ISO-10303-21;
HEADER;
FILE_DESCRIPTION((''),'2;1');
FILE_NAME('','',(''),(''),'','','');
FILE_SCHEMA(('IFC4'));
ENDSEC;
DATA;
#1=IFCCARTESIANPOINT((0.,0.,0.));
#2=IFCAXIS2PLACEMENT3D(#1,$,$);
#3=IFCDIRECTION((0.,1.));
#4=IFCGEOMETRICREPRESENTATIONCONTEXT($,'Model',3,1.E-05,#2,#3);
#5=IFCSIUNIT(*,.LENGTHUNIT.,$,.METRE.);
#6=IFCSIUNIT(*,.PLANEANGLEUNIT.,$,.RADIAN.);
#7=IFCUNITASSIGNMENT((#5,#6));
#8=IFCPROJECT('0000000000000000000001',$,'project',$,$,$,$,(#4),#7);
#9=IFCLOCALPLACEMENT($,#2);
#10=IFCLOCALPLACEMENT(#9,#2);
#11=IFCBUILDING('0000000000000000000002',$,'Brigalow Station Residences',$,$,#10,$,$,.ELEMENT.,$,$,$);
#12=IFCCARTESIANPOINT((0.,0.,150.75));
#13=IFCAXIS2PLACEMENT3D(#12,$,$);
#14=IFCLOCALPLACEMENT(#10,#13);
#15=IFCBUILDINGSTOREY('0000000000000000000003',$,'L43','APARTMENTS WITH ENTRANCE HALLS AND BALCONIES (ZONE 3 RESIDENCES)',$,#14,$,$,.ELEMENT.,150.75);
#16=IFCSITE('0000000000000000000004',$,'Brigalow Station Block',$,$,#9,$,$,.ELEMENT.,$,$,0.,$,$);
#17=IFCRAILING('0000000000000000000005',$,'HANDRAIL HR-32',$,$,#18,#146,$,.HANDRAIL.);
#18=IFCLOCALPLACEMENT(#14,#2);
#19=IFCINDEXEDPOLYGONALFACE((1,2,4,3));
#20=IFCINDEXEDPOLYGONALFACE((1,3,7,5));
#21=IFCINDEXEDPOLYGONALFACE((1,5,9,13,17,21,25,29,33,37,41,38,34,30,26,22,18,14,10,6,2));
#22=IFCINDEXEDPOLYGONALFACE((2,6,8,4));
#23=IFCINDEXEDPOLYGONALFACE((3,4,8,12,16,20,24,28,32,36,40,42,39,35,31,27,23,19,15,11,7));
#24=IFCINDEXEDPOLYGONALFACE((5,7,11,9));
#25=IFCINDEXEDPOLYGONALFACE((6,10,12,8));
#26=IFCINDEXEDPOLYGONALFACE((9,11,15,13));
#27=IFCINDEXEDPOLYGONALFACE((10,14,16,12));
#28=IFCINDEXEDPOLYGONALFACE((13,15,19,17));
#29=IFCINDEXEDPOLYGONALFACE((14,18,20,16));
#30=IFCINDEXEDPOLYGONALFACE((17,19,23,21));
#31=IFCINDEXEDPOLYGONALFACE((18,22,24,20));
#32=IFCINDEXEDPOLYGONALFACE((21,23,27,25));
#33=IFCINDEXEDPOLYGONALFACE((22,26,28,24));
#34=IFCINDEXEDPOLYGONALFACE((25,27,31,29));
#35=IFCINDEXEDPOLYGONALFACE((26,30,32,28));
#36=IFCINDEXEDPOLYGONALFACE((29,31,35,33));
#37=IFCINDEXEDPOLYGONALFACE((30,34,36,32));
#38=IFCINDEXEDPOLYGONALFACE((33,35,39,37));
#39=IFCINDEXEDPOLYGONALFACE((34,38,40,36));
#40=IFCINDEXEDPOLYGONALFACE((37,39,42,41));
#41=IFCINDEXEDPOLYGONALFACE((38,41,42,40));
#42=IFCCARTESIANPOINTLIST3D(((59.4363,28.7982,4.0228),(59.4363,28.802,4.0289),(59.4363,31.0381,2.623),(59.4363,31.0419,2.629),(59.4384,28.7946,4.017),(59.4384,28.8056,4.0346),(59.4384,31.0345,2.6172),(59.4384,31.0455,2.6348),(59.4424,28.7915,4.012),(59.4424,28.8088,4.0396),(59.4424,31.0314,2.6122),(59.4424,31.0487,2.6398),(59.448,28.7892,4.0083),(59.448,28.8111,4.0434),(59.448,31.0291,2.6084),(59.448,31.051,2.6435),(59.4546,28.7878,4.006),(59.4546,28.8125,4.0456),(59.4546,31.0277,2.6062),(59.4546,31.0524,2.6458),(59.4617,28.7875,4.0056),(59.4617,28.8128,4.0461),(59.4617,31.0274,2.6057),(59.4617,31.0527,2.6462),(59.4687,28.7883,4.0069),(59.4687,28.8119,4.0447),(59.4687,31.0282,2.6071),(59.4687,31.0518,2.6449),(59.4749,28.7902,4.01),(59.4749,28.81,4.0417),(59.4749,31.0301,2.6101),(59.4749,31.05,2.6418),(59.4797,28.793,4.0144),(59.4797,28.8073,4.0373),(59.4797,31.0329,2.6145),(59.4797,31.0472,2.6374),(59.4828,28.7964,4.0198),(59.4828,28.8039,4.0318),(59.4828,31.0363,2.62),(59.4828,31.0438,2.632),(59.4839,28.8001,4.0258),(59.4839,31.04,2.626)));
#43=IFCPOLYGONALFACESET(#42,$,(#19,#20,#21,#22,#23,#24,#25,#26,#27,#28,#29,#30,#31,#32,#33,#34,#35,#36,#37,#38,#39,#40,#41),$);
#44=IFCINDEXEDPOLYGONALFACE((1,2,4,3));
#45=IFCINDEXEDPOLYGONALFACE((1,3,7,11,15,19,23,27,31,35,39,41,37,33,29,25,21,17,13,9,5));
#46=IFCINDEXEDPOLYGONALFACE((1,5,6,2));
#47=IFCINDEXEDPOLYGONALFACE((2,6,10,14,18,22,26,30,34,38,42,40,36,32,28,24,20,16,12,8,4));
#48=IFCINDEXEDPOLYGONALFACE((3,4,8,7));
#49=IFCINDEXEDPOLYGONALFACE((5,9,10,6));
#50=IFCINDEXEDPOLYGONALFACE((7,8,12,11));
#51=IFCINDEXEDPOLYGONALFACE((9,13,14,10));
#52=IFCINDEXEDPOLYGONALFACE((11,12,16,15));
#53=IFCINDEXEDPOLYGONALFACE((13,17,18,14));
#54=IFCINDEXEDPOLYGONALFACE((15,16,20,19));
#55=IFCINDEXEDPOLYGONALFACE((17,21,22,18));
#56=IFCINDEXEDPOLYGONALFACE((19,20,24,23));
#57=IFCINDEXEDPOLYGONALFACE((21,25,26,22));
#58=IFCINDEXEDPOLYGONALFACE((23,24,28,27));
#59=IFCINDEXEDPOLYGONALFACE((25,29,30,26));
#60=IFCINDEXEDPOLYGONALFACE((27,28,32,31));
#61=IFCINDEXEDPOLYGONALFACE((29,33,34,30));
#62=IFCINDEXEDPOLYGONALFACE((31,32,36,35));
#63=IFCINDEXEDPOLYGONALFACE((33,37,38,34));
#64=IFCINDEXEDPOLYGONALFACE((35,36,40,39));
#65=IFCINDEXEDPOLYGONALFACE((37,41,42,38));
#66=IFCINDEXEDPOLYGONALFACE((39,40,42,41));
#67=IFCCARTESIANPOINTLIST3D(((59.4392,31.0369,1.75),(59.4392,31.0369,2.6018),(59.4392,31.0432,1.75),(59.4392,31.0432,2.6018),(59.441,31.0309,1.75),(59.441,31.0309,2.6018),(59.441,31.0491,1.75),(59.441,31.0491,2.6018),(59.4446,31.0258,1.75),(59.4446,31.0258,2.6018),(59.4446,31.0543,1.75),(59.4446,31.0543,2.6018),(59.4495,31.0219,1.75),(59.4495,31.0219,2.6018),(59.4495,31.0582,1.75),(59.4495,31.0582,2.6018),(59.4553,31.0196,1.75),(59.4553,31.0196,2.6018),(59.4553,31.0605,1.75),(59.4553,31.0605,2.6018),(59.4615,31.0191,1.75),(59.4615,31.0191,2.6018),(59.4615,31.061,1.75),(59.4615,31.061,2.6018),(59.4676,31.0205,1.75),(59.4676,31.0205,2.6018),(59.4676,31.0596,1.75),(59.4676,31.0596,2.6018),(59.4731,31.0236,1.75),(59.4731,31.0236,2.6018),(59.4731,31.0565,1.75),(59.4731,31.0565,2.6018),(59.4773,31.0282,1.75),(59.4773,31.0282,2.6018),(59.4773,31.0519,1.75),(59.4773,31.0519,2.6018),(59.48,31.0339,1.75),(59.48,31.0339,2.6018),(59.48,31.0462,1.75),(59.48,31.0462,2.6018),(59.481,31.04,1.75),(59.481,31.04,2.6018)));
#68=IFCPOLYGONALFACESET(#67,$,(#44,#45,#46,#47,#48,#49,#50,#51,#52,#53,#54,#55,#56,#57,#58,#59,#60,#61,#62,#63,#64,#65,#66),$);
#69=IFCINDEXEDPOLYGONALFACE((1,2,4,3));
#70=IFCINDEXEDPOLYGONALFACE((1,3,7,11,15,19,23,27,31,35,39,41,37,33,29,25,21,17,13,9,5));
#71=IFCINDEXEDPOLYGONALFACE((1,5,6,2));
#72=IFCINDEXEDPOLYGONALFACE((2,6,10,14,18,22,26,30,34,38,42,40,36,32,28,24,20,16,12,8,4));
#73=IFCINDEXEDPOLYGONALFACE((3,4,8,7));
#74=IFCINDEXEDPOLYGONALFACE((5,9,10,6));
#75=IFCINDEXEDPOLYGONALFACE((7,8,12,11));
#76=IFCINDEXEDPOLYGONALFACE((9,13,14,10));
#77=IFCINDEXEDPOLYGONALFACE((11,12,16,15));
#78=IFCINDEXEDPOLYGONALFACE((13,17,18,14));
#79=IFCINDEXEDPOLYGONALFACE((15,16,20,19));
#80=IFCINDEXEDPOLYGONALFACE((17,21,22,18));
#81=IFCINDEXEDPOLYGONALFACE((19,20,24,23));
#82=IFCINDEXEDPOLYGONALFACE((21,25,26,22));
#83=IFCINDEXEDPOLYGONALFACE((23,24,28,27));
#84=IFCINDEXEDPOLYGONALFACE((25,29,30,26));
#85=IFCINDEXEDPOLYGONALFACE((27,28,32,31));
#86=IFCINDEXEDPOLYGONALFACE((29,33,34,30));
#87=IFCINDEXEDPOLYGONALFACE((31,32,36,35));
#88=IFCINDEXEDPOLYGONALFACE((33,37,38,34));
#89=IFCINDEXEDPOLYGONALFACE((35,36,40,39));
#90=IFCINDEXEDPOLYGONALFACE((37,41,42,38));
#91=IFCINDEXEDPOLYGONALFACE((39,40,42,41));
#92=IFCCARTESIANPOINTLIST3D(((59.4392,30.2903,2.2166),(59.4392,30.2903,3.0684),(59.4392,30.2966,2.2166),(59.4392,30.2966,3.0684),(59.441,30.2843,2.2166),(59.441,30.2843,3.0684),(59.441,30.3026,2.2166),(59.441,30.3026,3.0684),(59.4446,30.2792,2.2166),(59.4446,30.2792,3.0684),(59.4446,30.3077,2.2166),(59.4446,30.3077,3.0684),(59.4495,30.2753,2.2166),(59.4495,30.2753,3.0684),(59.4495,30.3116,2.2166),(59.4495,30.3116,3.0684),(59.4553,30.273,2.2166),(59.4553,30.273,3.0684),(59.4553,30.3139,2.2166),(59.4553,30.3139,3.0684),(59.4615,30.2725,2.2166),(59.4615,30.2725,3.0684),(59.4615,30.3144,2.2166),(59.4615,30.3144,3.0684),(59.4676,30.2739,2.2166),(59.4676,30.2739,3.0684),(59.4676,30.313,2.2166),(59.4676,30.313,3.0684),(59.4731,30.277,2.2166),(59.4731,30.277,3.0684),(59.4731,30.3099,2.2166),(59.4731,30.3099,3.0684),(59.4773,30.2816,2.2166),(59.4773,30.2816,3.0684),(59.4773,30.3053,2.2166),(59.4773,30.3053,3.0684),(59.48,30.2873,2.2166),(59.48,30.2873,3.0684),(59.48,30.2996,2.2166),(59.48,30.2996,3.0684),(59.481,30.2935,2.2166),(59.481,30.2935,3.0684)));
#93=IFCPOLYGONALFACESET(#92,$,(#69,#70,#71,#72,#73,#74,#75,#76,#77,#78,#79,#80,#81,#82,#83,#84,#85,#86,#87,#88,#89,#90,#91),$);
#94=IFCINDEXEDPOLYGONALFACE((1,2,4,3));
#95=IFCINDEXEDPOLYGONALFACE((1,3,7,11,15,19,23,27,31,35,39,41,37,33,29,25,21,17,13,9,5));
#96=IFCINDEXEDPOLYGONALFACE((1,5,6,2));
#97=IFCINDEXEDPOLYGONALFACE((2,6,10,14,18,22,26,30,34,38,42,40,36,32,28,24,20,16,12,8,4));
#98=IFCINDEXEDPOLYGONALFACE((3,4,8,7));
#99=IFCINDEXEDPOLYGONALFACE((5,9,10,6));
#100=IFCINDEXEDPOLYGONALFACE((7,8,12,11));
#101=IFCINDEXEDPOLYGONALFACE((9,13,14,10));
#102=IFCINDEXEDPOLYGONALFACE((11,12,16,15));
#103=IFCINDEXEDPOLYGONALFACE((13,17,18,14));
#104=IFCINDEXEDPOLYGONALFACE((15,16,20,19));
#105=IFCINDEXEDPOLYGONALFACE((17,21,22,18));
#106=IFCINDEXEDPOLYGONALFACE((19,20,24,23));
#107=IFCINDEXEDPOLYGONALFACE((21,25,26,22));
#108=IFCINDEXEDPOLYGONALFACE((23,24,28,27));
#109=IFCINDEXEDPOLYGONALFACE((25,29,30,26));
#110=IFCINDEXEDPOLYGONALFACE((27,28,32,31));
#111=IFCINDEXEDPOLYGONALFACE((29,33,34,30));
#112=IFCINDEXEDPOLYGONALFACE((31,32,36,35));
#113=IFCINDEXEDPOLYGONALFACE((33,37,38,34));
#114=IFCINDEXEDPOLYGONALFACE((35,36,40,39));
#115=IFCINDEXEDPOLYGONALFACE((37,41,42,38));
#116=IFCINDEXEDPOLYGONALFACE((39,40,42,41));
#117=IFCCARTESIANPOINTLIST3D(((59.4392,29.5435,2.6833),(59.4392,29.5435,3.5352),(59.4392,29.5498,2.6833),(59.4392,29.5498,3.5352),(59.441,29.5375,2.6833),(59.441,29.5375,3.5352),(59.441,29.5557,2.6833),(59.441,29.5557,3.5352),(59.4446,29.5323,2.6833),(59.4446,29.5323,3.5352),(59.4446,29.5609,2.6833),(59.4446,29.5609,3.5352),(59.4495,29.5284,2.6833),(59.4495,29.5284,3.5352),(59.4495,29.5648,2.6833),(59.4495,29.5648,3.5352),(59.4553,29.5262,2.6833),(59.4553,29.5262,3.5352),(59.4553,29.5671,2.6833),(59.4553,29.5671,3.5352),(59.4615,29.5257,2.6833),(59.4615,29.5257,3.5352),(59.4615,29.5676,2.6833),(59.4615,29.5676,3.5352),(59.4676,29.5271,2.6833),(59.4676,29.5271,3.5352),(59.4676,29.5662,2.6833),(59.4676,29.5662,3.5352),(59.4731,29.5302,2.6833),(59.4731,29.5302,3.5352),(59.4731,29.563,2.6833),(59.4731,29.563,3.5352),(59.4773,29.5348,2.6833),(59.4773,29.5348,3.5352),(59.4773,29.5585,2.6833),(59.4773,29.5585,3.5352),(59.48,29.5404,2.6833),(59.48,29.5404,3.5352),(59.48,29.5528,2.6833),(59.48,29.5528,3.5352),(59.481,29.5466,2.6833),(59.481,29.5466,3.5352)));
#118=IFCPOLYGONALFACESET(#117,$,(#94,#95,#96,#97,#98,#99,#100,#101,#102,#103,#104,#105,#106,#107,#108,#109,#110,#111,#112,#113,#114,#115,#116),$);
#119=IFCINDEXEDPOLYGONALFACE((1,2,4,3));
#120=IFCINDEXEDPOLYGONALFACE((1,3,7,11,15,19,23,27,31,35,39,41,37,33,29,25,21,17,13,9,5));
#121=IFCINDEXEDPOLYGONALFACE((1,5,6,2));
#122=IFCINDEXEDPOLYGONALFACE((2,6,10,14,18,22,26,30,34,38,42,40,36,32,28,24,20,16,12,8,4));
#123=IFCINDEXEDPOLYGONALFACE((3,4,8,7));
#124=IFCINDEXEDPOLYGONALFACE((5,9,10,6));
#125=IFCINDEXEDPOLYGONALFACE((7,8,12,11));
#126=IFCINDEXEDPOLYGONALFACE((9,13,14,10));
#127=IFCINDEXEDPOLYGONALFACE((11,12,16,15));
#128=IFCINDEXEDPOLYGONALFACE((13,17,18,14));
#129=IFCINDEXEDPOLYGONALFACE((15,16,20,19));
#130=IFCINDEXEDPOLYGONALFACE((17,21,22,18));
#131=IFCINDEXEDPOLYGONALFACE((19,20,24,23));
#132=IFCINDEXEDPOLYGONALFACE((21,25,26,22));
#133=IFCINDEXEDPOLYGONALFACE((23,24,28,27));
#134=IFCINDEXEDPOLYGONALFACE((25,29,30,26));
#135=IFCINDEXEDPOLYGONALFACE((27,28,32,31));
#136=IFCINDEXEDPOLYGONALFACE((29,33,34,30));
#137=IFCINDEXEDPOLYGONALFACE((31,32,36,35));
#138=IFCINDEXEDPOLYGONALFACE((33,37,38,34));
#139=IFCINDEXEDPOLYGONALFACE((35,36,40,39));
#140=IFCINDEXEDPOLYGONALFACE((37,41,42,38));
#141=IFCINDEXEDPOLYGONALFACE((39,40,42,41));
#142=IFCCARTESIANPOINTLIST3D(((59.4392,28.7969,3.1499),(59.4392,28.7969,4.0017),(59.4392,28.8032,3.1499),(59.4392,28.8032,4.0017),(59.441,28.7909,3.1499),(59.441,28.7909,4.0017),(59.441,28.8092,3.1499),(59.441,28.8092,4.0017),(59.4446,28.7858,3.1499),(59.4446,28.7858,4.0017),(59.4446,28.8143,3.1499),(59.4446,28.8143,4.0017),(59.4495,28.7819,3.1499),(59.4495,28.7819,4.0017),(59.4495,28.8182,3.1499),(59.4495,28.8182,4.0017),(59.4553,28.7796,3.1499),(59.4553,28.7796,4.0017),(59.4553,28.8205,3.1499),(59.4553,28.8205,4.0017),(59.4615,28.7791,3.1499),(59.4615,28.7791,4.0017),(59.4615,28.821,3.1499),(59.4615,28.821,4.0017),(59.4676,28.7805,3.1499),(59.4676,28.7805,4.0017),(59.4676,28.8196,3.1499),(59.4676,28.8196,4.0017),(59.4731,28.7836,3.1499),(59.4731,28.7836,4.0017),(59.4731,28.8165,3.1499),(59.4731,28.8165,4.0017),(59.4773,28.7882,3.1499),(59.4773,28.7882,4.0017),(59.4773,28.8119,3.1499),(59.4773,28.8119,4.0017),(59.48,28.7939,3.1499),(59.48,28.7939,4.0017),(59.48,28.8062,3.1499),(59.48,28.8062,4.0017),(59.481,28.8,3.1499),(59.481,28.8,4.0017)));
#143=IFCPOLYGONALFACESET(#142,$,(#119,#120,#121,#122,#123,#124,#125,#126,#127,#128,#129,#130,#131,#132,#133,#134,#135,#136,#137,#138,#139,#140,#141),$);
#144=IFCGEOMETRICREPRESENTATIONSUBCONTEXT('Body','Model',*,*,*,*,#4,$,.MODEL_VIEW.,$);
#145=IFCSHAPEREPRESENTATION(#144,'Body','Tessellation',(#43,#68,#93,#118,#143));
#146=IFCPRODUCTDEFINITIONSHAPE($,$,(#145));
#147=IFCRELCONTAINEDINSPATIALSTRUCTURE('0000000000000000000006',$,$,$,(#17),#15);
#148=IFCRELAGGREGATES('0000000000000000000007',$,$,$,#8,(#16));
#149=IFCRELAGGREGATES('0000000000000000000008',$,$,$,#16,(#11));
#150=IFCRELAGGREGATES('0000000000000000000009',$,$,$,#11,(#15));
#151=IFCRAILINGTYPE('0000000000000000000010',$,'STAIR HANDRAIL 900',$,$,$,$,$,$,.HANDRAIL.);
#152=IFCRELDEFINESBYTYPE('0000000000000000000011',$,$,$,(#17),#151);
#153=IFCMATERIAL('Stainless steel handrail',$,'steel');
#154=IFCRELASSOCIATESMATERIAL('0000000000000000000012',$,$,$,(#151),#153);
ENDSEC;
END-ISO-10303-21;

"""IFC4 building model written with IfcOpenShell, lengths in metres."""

from ifc_helpers import new_model, si_unit, direction, frame, origin, origin_2d, place, context, subcontext, project, spatial, circle, extrude, material, type_object, element, save


model = new_model("IFC4")

# Units and contexts
model_context = context("Model", 3, precision=1e-05, world=origin(), true_north=direction((0.0, 1.0)))
body_context = subcontext(model_context, "Body", "Model", "MODEL_VIEW")
ifc_project = project(units=[si_unit("LENGTHUNIT", "METRE"), si_unit("PLANEANGLEUNIT", "RADIAN")], contexts=[model_context])

# Site, building, storey
site_placement = place(None, origin())
site = spatial("IfcSite", under=ifc_project, at=site_placement, Name="Brigalow Station Block", CompositionType="ELEMENT", RefElevation=0.0)
building_placement = place(site_placement, origin())
building = spatial("IfcBuilding", under=site, at=building_placement, Name="Brigalow Station Residences", CompositionType="ELEMENT")
storey_placement = place(building_placement, frame((0.0, 0.0, 150.75)))
storey = spatial("IfcBuildingStorey", under=building, at=storey_placement, Name="L43", Description="APARTMENTS WITH ENTRANCE HALLS AND BALCONIES (ZONE 3 RESIDENCES)", CompositionType="ELEMENT", Elevation=150.75)

# Railing
ifc_material_1 = material(Name="Stainless steel handrail", Category="steel")
railing_type_1 = type_object("IfcRailingType", Name="STAIR HANDRAIL 900", PredefinedType="HANDRAIL", material=ifc_material_1)
railing_1_placement = place(storey_placement, frame((59.46, 31.04, 1.75)))
element("IfcRailing", 1, at=railing_1_placement, inside=storey, type_object=railing_type_1, Name="HANDRAIL HR-32", PredefinedType="HANDRAIL", context=body_context, shape_type="SweptSolid", body=[
    extrude(circle(Radius=0.0239, at=origin_2d()), frame((0.0, 0.0, 0.876), z_axis=(0.0, -0.848014, 0.529974), x_axis=(1.0, 0.0, 0.0)), (0.0, 0.0, 1.0), 2.6414),
    extrude(circle(Radius=0.021, at=origin_2d()), origin(), (0.0, 0.0, 1.0), 0.8518),
    extrude(circle(Radius=0.021, at=origin_2d()), frame((0.0, -0.7466, 0.4666)), (0.0, 0.0, 1.0), 0.8518),
    extrude(circle(Radius=0.021, at=origin_2d()), frame((0.0, -1.4934, 0.9333)), (0.0, 0.0, 1.0), 0.8518),
    extrude(circle(Radius=0.021, at=origin_2d()), frame((0.0, -2.24, 1.3999)), (0.0, 0.0, 1.0), 0.8518),
])

save(model, "model.ifc")
